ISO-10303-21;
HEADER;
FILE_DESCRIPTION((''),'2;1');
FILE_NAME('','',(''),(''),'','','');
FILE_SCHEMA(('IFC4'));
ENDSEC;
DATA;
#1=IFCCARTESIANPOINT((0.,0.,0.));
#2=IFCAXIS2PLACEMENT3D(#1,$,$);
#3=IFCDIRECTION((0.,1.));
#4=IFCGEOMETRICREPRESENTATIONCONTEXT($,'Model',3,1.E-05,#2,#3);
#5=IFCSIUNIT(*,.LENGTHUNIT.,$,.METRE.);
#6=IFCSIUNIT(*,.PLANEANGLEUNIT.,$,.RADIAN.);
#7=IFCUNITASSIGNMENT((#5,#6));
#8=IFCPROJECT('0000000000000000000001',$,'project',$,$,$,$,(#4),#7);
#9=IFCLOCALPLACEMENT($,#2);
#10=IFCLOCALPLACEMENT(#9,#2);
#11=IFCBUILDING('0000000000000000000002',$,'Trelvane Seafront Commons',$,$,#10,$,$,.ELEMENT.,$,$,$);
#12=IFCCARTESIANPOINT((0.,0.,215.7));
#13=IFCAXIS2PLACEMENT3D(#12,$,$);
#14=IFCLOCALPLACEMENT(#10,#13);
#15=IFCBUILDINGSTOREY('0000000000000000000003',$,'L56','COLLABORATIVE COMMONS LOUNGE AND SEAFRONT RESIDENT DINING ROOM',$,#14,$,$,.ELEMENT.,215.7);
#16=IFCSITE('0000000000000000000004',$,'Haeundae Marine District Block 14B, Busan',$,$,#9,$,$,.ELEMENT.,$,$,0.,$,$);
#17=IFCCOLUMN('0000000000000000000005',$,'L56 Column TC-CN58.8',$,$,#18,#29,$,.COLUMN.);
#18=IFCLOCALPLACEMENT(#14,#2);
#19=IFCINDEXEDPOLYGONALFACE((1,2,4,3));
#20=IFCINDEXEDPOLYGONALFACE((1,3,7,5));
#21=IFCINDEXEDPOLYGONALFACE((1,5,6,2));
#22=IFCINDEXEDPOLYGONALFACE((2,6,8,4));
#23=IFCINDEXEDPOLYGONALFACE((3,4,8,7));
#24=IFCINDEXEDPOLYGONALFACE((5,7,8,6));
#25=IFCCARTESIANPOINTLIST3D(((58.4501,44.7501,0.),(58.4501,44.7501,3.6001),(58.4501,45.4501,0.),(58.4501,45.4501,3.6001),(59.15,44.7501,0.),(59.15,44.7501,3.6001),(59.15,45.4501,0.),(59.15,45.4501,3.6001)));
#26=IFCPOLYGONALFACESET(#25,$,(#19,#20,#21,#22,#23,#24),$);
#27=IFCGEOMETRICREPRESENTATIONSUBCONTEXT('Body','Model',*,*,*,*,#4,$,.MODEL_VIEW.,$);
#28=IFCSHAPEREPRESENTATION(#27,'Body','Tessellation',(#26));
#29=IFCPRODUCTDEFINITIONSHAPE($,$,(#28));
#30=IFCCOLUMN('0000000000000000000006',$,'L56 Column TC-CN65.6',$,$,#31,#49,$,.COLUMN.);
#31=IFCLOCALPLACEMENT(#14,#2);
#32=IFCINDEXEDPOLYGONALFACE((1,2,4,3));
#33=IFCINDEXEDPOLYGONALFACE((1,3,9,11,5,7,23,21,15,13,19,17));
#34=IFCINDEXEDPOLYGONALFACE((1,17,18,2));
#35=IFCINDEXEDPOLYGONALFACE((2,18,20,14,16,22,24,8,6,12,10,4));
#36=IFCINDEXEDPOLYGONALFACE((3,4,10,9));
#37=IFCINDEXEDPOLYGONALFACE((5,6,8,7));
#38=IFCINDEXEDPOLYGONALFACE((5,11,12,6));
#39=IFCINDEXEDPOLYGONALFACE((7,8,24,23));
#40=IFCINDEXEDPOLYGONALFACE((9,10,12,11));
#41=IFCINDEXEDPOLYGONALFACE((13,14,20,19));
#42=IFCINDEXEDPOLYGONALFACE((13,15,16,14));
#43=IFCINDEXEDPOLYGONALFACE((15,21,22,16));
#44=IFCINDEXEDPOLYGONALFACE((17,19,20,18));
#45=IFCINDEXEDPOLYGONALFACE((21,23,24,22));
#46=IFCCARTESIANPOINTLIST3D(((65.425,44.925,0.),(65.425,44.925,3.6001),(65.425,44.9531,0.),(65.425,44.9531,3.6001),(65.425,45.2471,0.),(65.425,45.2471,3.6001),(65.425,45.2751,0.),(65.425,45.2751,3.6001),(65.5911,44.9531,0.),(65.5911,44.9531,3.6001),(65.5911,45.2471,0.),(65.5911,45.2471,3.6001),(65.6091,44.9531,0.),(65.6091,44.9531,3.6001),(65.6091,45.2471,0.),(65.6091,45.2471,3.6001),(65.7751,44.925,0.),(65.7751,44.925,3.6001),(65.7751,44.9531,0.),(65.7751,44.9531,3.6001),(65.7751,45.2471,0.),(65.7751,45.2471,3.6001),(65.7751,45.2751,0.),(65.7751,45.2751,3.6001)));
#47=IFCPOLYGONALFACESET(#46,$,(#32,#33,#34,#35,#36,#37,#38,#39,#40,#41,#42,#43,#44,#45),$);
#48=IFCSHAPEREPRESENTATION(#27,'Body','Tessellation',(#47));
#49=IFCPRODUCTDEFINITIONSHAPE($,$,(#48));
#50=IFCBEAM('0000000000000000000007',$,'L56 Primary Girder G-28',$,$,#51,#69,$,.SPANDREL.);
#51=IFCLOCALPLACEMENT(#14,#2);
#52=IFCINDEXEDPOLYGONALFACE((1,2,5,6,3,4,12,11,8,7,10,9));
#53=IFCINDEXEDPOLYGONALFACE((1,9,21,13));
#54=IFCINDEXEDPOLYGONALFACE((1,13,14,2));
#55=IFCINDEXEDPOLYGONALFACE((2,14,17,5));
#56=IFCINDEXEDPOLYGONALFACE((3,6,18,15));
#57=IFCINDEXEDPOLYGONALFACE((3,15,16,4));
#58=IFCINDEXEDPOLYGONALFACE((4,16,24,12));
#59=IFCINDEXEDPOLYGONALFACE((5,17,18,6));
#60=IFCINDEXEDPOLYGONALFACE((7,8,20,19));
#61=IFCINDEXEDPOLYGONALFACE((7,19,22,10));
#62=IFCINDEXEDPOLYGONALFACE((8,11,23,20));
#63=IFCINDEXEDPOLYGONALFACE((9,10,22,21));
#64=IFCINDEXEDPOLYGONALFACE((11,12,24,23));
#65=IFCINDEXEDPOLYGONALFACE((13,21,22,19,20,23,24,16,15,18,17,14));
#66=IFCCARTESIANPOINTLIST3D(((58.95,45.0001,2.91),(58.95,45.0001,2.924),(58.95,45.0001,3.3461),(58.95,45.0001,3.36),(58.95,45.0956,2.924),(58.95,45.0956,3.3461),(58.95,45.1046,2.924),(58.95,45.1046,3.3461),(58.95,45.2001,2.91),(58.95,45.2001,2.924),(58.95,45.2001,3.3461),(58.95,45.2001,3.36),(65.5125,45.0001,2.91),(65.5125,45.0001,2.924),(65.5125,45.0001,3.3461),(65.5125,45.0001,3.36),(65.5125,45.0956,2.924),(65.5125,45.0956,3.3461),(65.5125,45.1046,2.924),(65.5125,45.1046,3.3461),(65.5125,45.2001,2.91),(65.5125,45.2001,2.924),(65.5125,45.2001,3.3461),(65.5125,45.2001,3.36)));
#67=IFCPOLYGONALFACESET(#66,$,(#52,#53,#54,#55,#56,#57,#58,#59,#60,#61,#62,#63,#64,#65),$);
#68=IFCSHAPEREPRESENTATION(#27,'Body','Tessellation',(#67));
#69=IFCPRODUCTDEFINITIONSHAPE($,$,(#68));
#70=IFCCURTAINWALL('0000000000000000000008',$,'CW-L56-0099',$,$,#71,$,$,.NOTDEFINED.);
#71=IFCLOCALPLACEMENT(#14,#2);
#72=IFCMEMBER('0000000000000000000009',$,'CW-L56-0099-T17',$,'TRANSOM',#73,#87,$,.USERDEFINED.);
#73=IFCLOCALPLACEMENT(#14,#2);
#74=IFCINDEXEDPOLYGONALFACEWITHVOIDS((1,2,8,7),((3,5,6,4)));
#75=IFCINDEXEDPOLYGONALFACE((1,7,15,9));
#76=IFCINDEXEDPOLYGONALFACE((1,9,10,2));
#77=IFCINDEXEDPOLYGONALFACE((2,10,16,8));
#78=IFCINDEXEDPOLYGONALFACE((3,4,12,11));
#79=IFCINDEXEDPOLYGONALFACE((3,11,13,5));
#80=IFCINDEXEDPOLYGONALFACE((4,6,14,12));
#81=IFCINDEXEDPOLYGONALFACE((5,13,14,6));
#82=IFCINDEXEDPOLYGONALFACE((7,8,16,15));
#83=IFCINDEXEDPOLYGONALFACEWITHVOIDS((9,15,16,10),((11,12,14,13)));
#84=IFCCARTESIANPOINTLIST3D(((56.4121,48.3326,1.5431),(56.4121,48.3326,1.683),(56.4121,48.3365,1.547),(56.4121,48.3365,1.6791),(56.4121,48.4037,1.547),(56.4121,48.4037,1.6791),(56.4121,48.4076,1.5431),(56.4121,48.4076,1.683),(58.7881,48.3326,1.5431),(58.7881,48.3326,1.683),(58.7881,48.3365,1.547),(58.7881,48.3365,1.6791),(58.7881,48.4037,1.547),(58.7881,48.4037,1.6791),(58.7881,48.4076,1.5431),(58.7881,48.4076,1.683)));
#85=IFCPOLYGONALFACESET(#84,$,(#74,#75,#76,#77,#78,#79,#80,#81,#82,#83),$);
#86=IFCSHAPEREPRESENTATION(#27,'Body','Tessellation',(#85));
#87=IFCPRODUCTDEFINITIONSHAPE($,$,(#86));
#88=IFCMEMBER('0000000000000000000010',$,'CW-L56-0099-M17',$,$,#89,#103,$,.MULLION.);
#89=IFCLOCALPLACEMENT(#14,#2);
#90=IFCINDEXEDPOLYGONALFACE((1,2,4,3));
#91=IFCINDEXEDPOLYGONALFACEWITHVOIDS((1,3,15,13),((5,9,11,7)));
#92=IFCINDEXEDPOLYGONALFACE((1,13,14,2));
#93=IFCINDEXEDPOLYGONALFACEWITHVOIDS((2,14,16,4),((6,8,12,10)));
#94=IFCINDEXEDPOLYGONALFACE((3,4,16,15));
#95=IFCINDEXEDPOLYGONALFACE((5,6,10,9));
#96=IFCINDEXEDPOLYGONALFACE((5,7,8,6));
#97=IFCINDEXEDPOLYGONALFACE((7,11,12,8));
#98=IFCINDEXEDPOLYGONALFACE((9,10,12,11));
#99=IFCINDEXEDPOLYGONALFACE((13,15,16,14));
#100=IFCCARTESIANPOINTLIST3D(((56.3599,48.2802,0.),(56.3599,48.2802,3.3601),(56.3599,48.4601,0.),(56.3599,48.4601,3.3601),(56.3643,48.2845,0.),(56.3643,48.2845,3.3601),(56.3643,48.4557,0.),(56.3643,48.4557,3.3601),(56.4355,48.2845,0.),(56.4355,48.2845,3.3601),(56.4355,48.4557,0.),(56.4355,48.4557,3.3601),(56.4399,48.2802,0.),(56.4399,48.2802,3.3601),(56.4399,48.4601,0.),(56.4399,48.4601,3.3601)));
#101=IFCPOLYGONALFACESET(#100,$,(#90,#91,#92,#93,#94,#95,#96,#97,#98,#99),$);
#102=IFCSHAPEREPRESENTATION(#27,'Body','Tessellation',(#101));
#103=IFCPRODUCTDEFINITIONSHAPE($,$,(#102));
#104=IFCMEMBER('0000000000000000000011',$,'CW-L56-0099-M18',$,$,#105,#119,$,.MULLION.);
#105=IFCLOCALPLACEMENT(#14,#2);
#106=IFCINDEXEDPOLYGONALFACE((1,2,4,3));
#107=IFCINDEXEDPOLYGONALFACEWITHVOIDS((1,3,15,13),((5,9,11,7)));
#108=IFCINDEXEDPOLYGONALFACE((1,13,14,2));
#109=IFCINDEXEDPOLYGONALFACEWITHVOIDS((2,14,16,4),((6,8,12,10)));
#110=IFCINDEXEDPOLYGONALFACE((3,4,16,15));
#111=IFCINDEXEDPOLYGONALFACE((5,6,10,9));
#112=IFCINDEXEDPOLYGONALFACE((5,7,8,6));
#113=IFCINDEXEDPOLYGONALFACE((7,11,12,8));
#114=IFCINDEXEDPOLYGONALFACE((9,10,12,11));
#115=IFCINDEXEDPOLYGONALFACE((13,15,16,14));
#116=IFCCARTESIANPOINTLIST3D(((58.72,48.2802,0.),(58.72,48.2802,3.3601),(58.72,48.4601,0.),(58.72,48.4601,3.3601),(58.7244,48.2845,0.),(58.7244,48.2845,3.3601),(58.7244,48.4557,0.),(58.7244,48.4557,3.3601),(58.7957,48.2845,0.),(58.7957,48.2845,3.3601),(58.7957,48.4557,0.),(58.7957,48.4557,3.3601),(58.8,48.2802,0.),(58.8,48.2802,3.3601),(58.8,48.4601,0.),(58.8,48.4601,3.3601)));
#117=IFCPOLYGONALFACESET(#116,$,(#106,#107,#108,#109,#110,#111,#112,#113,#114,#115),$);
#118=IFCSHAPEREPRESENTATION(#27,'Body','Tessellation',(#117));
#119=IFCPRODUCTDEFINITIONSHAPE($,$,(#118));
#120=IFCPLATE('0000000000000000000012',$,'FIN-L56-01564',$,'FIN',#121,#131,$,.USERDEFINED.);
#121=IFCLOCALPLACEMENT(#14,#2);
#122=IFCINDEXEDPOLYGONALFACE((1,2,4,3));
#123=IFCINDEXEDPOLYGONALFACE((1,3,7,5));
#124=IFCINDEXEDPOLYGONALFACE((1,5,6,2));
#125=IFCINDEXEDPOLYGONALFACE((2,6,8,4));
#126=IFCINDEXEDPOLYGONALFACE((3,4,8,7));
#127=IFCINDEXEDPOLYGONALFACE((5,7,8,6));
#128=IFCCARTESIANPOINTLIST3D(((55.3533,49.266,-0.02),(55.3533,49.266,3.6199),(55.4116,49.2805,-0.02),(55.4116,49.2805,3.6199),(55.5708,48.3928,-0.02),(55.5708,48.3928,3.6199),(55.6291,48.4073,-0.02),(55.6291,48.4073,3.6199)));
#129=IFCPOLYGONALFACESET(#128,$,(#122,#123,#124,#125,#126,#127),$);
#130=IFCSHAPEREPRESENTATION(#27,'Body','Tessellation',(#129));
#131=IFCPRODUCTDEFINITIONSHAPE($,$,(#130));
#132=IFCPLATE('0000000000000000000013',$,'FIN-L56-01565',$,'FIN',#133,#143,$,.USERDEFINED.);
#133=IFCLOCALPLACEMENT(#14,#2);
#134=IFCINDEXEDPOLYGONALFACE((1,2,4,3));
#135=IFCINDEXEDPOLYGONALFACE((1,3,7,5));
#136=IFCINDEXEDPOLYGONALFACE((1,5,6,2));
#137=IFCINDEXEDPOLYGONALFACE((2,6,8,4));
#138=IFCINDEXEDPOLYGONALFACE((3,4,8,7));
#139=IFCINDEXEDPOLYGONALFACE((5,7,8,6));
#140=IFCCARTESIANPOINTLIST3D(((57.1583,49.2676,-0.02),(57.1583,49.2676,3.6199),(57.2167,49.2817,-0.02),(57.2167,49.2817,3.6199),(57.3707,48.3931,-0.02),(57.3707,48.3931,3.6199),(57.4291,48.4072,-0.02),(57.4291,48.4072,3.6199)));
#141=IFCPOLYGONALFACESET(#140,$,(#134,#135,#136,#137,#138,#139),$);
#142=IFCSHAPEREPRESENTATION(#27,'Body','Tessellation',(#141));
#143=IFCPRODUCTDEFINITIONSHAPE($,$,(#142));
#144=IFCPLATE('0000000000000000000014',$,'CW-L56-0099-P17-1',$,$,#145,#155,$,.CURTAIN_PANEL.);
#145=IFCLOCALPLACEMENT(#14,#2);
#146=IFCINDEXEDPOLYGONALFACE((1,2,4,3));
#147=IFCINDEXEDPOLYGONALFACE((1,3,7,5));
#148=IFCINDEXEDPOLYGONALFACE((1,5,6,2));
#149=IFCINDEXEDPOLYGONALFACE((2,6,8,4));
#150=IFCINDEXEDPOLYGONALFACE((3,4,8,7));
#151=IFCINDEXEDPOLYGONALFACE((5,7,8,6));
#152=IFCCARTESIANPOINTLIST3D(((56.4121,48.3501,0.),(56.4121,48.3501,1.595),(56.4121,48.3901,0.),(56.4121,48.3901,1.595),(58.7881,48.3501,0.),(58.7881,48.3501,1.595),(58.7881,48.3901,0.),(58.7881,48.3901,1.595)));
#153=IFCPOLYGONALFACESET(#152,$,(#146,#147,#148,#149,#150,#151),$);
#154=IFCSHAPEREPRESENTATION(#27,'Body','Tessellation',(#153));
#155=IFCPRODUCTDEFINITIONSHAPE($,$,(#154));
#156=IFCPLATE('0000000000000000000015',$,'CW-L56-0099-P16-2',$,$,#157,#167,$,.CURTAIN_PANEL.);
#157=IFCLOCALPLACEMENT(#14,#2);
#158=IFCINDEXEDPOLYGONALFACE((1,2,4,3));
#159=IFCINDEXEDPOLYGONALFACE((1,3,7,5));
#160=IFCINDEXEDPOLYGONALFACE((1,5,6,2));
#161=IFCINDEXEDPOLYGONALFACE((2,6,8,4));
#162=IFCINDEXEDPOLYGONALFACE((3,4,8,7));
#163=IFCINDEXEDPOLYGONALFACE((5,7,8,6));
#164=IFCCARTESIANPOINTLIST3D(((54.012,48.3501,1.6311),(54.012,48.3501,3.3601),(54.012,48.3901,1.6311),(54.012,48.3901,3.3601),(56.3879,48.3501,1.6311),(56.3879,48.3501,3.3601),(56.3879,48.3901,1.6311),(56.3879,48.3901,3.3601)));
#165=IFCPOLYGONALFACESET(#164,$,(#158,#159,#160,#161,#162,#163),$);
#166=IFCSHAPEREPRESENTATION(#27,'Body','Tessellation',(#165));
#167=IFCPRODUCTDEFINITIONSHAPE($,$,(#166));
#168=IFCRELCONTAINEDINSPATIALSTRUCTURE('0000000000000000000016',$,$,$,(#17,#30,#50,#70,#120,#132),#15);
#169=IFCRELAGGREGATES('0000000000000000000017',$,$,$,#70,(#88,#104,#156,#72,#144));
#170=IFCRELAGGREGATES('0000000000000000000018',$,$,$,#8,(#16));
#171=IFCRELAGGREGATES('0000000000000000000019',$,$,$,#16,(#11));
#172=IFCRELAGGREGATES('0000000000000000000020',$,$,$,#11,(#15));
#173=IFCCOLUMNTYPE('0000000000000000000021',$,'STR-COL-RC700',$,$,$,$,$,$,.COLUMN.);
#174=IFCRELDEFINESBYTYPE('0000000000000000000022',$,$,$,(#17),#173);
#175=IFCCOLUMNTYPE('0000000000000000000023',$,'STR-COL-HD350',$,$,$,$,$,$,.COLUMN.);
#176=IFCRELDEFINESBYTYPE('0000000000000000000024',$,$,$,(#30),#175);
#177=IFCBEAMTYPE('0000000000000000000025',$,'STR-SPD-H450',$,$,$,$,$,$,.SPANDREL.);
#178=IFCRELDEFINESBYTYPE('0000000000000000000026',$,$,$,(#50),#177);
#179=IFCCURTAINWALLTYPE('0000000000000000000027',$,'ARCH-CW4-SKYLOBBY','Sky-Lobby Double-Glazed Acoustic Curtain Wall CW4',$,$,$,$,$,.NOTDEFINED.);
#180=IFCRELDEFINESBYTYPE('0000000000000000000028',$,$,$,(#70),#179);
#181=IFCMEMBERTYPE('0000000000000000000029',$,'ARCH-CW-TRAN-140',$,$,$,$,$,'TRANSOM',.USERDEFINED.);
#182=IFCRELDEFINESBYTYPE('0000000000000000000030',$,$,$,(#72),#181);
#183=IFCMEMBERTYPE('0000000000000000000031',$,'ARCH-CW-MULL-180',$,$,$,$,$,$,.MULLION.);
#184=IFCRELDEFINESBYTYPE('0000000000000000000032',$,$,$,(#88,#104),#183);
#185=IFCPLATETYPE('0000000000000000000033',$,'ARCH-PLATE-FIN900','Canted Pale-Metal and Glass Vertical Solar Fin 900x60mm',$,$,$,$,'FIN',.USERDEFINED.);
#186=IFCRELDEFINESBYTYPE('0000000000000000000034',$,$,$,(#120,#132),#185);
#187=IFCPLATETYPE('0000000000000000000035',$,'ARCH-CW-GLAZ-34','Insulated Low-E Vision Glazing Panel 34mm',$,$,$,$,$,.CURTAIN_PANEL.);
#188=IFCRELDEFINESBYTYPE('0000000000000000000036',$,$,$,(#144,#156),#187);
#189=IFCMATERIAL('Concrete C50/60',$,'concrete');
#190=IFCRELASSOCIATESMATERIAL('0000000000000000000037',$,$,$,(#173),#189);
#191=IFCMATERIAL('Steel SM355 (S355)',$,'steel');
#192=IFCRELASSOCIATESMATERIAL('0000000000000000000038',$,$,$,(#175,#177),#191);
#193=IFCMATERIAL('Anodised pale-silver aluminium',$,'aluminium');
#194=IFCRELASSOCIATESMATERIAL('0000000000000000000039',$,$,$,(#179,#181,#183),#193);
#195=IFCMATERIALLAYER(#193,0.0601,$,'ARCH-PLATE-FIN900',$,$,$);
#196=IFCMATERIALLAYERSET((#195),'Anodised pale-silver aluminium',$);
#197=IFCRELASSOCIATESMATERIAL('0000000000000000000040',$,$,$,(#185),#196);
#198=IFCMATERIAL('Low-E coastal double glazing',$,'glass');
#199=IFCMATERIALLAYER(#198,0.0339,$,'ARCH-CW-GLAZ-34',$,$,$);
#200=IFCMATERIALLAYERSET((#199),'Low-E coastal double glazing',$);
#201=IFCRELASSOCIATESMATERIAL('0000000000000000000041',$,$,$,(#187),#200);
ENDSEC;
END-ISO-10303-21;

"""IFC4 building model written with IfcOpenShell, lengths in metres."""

from ifc_helpers import new_model, si_unit, direction, frame, origin, origin_2d, place, context, subcontext, project, spatial, rectangle, hollow_rectangle, i_section, extrude, source, transform, mapped, material, layer, layer_set, material_profile, profile_set, type_object, element, aggregate, save


model = new_model("IFC4")

# Units and contexts
model_context = context("Model", 3, precision=1e-05, world=origin(), true_north=direction((0.0, 1.0)))
body_context = subcontext(model_context, "Body", "Model", "MODEL_VIEW")
ifc_project = project(units=[si_unit("LENGTHUNIT", "METRE"), si_unit("PLANEANGLEUNIT", "RADIAN")], contexts=[model_context])

# Site, building, storey
site_placement = place(None, origin())
site = spatial("IfcSite", under=ifc_project, at=site_placement, Name="Haeundae Marine District Block 14B, Busan", CompositionType="ELEMENT", RefElevation=0.0)
building_placement = place(site_placement, origin())
building = spatial("IfcBuilding", under=site, at=building_placement, Name="Trelvane Seafront Commons", CompositionType="ELEMENT")
storey_placement = place(building_placement, frame((0.0, 0.0, 215.7)))
storey = spatial("IfcBuildingStorey", under=building, at=storey_placement, Name="L56", Description="COLLABORATIVE COMMONS LOUNGE AND SEAFRONT RESIDENT DINING ROOM", CompositionType="ELEMENT", Elevation=215.7)

# Columns
ifc_material_1 = material(Name="Concrete C50/60", Category="concrete")
ifc_material_profile_1 = material_profile(ifc_material_1, rectangle(XDim=0.7, YDim=0.7, at=origin_2d()), Name="RC-700x700")
ifc_profile_set_1 = profile_set([ifc_material_profile_1], Name="Concrete C50/60")
column_type_1 = type_object("IfcColumnType", Name="STR-COL-RC700", PredefinedType="COLUMN", material=ifc_profile_set_1)
shared_shape_1 = source(origin(), body_context, "Body", "SweptSolid", [
    extrude(rectangle(XDim=0.7, YDim=0.7, at=origin_2d()), origin(), (0.0, 0.0, 1.0), 3.6001),
])
column_1_placement = place(storey_placement, frame((58.8, 45.1001, 0.0), z_axis=(0.0, 0.0, 1.0), x_axis=(1.0, 0.0, 0.0)))
element("IfcColumn", 1, at=column_1_placement, inside=storey, type_object=column_type_1, Name="L56 Column TC-CN58.8", PredefinedType="COLUMN", context=body_context, shape_type="MappedRepresentation", body=[
    mapped(shared_shape_1, transform((0.0, 0.0, 0.0), x_axis=(1.0, 0.0, 0.0), y_axis=(0.0, 1.0, 0.0), z_axis=(0.0, 0.0, 1.0), scale=1.0)),
])
ifc_material_2 = material(Name="Steel SM355 (S355)", Category="steel")
ifc_material_profile_2 = material_profile(ifc_material_2, i_section(OverallWidth=0.3501, OverallDepth=0.3501, WebThickness=0.0181, FlangeThickness=0.0281, at=origin_2d()), Name="HD-350x350x18x28")
ifc_profile_set_2 = profile_set([ifc_material_profile_2], Name="Steel SM355 (S355)")
column_type_2 = type_object("IfcColumnType", Name="STR-COL-HD350", PredefinedType="COLUMN", material=ifc_profile_set_2)
shared_shape_2 = source(origin(), body_context, "Body", "SweptSolid", [
    extrude(i_section(OverallWidth=0.3501, OverallDepth=0.3501, WebThickness=0.0181, FlangeThickness=0.0281, at=origin_2d()), origin(), (0.0, 0.0, 1.0), 3.6001),
])
column_2_placement = place(storey_placement, frame((65.6001, 45.1001, 0.0), z_axis=(0.0, 0.0, 1.0), x_axis=(1.0, 0.0, 0.0)))
element("IfcColumn", 2, at=column_2_placement, inside=storey, type_object=column_type_2, Name="L56 Column TC-CN65.6", PredefinedType="COLUMN", context=body_context, shape_type="MappedRepresentation", body=[
    mapped(shared_shape_2, transform((0.0, 0.0, 0.0), x_axis=(1.0, 0.0, 0.0), y_axis=(0.0, 1.0, 0.0), z_axis=(0.0, 0.0, 1.0), scale=1.0)),
])

# Beam
ifc_material_profile_3 = material_profile(ifc_material_2, i_section(OverallWidth=0.2, OverallDepth=0.45, WebThickness=0.009, FlangeThickness=0.0139, at=origin_2d()), Name="H-450x200x9x14")
ifc_profile_set_3 = profile_set([ifc_material_profile_3], Name="Steel SM355 (S355)")
beam_type = type_object("IfcBeamType", Name="STR-SPD-H450", PredefinedType="SPANDREL", material=ifc_profile_set_3)
shared_shape_3 = source(origin(), body_context, "Body", "SweptSolid", [
    extrude(i_section(OverallWidth=0.2, OverallDepth=0.45, WebThickness=0.009, FlangeThickness=0.0139, at=origin_2d()), origin(), (0.0, 0.0, 1.0), 6.5625),
])
beam_placement = place(storey_placement, frame((58.95, 45.1001, 3.135), z_axis=(1.0, 0.0, 0.0), x_axis=(0.0, 1.0, 0.0)))
element("IfcBeam", 3, at=beam_placement, inside=storey, type_object=beam_type, Name="L56 Primary Girder G-28", PredefinedType="SPANDREL", context=body_context, shape_type="MappedRepresentation", body=[
    mapped(shared_shape_3, transform((0.0, 0.0, 0.0), x_axis=(1.0, 0.0, 0.0), y_axis=(0.0, 1.0, 0.0), z_axis=(0.0, 0.0, 1.0), scale=1.0)),
])

# Curtain wall, members
ifc_material_3 = material(Name="Anodised pale-silver aluminium", Category="aluminium")
curtain_wall_type = type_object("IfcCurtainWallType", Name="ARCH-CW4-SKYLOBBY", Description="Sky-Lobby Double-Glazed Acoustic Curtain Wall CW4", PredefinedType="NOTDEFINED", material=ifc_material_3)
curtain_wall_placement = place(storey_placement, origin())
curtain_wall = element("IfcCurtainWall", 4, at=curtain_wall_placement, inside=storey, type_object=curtain_wall_type, Name="CW-L56-0099", PredefinedType="NOTDEFINED")
ifc_material_profile_4 = material_profile(ifc_material_3, hollow_rectangle(XDim=0.075, YDim=0.1399, WallThickness=0.0039, at=origin_2d()), Name="TRAN-75x140x4")
ifc_profile_set_4 = profile_set([ifc_material_profile_4], Name="Anodised pale-silver aluminium")
member_type_1 = type_object("IfcMemberType", Name="ARCH-CW-TRAN-140", ElementType="TRANSOM", PredefinedType="USERDEFINED", material=ifc_profile_set_4)
shared_shape_4 = source(origin(), body_context, "Body", "SweptSolid", [
    extrude(hollow_rectangle(XDim=0.075, YDim=0.1399, WallThickness=0.0039, at=origin_2d()), origin(), (0.0, 0.0, 1.0), 2.376),
])
member_1_placement = place(storey_placement, frame((56.4121, 48.3701, 1.613), z_axis=(1.0, 0.0, 0.0), x_axis=(0.0, 1.0, 0.0)))
member_1 = element("IfcMember", 5, at=member_1_placement, type_object=member_type_1, Name="CW-L56-0099-T17", ObjectType="TRANSOM", PredefinedType="USERDEFINED", context=body_context, shape_type="MappedRepresentation", body=[
    mapped(shared_shape_4, transform((0.0, 0.0, 0.0), x_axis=(1.0, 0.0, 0.0), y_axis=(0.0, 1.0, 0.0), z_axis=(0.0, 0.0, 1.0), scale=1.0)),
])
ifc_material_profile_5 = material_profile(ifc_material_3, hollow_rectangle(XDim=0.0801, YDim=0.1799, WallThickness=0.0044, at=origin_2d()), Name="MULL-80x180x4.5")
ifc_profile_set_5 = profile_set([ifc_material_profile_5], Name="Anodised pale-silver aluminium")
member_type_2 = type_object("IfcMemberType", Name="ARCH-CW-MULL-180", PredefinedType="MULLION", material=ifc_profile_set_5)
shared_shape_5 = source(origin(), body_context, "Body", "SweptSolid", [
    extrude(hollow_rectangle(XDim=0.0801, YDim=0.1799, WallThickness=0.0044, at=origin_2d()), origin(), (0.0, 0.0, 1.0), 3.3601),
])
member_2_placement = place(storey_placement, frame((56.3999, 48.3701, 0.0), z_axis=(0.0, 0.0, 1.0), x_axis=(1.0, 0.0, 0.0)))
member_2 = element("IfcMember", 6, at=member_2_placement, type_object=member_type_2, Name="CW-L56-0099-M17", PredefinedType="MULLION", context=body_context, shape_type="MappedRepresentation", body=[
    mapped(shared_shape_5, transform((0.0, 0.0, 0.0), x_axis=(1.0, 0.0, 0.0), y_axis=(0.0, 1.0, 0.0), z_axis=(0.0, 0.0, 1.0), scale=1.0)),
])
member_3_placement = place(storey_placement, frame((58.76, 48.3701, 0.0), z_axis=(0.0, 0.0, 1.0), x_axis=(1.0, 0.0, 0.0)))
member_3 = element("IfcMember", 7, at=member_3_placement, type_object=member_type_2, Name="CW-L56-0099-M18", PredefinedType="MULLION", context=body_context, shape_type="MappedRepresentation", body=[
    mapped(shared_shape_5, transform((0.0, 0.0, 0.0), x_axis=(1.0, 0.0, 0.0), y_axis=(0.0, 1.0, 0.0), z_axis=(0.0, 0.0, 1.0), scale=1.0)),
])

# Plates
ifc_layer_1 = layer(ifc_material_3, 0.0601, Name="ARCH-PLATE-FIN900")
ifc_layer_set_1 = layer_set([ifc_layer_1], Name="Anodised pale-silver aluminium")
plate_type_1 = type_object("IfcPlateType", Name="ARCH-PLATE-FIN900", Description="Canted Pale-Metal and Glass Vertical Solar Fin 900x60mm", ElementType="FIN", PredefinedType="USERDEFINED", material=ifc_layer_set_1)
shared_shape_6 = source(origin(), body_context, "Body", "SweptSolid", [
    extrude(rectangle(XDim=0.8999, YDim=0.0601, at=origin_2d()), origin(), (0.0, 0.0, 1.0), 3.6399),
])
for number, where, z_axis, x_axis, name in (
    (8, (55.4912, 48.8367, -0.02), (0.0, 0.0, 1.0), (-0.241673, 0.970358, 0.0), "FIN-L56-01564"),
    (9, (57.2937, 48.8374, -0.02), (0.0, 0.0, 1.0), (-0.235994, 0.971755, 0.0), "FIN-L56-01565"),
):
    element("IfcPlate", number, at=place(storey_placement, frame(where, z_axis=z_axis, x_axis=x_axis)), inside=storey, type_object=plate_type_1, Name=name, ObjectType="FIN", PredefinedType="USERDEFINED", context=body_context, shape_type="MappedRepresentation", body=[
        mapped(shared_shape_6, transform((0.0, 0.0, 0.0), x_axis=(1.0, 0.0, 0.0), y_axis=(0.0, 1.0, 0.0), z_axis=(0.0, 0.0, 1.0), scale=1.0)),
    ])

# Plates
ifc_material_4 = material(Name="Low-E coastal double glazing", Category="glass")
ifc_layer_2 = layer(ifc_material_4, 0.0339, Name="ARCH-CW-GLAZ-34")
ifc_layer_set_2 = layer_set([ifc_layer_2], Name="Low-E coastal double glazing")
plate_type_2 = type_object("IfcPlateType", Name="ARCH-CW-GLAZ-34", Description="Insulated Low-E Vision Glazing Panel 34mm", PredefinedType="CURTAIN_PANEL", material=ifc_layer_set_2)
shared_shape_7 = source(origin(), body_context, "Body", "SweptSolid", [
    extrude(rectangle(XDim=2.376, YDim=0.04, at=origin_2d()), origin(), (0.0, 0.0, 1.0), 1.595),
])
plate_1_placement = place(storey_placement, frame((57.6001, 48.3701, 0.0), z_axis=(0.0, 0.0, 1.0), x_axis=(1.0, 0.0, 0.0)))
plate_1 = element("IfcPlate", 10, at=plate_1_placement, type_object=plate_type_2, Name="CW-L56-0099-P17-1", PredefinedType="CURTAIN_PANEL", context=body_context, shape_type="MappedRepresentation", body=[
    mapped(shared_shape_7, transform((0.0, 0.0, 0.0), x_axis=(1.0, 0.0, 0.0), y_axis=(0.0, 1.0, 0.0), z_axis=(0.0, 0.0, 1.0), scale=1.0)),
])
shared_shape_8 = source(origin(), body_context, "Body", "SweptSolid", [
    extrude(rectangle(XDim=2.376, YDim=0.04, at=origin_2d()), origin(), (0.0, 0.0, 1.0), 1.729),
])
plate_2_placement = place(storey_placement, frame((55.2, 48.3701, 1.6311), z_axis=(0.0, 0.0, 1.0), x_axis=(1.0, 0.0, 0.0)))
plate_2 = element("IfcPlate", 11, at=plate_2_placement, type_object=plate_type_2, Name="CW-L56-0099-P16-2", PredefinedType="CURTAIN_PANEL", context=body_context, shape_type="MappedRepresentation", body=[
    mapped(shared_shape_8, transform((0.0, 0.0, 0.0), x_axis=(1.0, 0.0, 0.0), y_axis=(0.0, 1.0, 0.0), z_axis=(0.0, 0.0, 1.0), scale=1.0)),
])
aggregate(curtain_wall, [member_2, member_3, plate_2, member_1, plate_1])

save(model, "model.ifc")
